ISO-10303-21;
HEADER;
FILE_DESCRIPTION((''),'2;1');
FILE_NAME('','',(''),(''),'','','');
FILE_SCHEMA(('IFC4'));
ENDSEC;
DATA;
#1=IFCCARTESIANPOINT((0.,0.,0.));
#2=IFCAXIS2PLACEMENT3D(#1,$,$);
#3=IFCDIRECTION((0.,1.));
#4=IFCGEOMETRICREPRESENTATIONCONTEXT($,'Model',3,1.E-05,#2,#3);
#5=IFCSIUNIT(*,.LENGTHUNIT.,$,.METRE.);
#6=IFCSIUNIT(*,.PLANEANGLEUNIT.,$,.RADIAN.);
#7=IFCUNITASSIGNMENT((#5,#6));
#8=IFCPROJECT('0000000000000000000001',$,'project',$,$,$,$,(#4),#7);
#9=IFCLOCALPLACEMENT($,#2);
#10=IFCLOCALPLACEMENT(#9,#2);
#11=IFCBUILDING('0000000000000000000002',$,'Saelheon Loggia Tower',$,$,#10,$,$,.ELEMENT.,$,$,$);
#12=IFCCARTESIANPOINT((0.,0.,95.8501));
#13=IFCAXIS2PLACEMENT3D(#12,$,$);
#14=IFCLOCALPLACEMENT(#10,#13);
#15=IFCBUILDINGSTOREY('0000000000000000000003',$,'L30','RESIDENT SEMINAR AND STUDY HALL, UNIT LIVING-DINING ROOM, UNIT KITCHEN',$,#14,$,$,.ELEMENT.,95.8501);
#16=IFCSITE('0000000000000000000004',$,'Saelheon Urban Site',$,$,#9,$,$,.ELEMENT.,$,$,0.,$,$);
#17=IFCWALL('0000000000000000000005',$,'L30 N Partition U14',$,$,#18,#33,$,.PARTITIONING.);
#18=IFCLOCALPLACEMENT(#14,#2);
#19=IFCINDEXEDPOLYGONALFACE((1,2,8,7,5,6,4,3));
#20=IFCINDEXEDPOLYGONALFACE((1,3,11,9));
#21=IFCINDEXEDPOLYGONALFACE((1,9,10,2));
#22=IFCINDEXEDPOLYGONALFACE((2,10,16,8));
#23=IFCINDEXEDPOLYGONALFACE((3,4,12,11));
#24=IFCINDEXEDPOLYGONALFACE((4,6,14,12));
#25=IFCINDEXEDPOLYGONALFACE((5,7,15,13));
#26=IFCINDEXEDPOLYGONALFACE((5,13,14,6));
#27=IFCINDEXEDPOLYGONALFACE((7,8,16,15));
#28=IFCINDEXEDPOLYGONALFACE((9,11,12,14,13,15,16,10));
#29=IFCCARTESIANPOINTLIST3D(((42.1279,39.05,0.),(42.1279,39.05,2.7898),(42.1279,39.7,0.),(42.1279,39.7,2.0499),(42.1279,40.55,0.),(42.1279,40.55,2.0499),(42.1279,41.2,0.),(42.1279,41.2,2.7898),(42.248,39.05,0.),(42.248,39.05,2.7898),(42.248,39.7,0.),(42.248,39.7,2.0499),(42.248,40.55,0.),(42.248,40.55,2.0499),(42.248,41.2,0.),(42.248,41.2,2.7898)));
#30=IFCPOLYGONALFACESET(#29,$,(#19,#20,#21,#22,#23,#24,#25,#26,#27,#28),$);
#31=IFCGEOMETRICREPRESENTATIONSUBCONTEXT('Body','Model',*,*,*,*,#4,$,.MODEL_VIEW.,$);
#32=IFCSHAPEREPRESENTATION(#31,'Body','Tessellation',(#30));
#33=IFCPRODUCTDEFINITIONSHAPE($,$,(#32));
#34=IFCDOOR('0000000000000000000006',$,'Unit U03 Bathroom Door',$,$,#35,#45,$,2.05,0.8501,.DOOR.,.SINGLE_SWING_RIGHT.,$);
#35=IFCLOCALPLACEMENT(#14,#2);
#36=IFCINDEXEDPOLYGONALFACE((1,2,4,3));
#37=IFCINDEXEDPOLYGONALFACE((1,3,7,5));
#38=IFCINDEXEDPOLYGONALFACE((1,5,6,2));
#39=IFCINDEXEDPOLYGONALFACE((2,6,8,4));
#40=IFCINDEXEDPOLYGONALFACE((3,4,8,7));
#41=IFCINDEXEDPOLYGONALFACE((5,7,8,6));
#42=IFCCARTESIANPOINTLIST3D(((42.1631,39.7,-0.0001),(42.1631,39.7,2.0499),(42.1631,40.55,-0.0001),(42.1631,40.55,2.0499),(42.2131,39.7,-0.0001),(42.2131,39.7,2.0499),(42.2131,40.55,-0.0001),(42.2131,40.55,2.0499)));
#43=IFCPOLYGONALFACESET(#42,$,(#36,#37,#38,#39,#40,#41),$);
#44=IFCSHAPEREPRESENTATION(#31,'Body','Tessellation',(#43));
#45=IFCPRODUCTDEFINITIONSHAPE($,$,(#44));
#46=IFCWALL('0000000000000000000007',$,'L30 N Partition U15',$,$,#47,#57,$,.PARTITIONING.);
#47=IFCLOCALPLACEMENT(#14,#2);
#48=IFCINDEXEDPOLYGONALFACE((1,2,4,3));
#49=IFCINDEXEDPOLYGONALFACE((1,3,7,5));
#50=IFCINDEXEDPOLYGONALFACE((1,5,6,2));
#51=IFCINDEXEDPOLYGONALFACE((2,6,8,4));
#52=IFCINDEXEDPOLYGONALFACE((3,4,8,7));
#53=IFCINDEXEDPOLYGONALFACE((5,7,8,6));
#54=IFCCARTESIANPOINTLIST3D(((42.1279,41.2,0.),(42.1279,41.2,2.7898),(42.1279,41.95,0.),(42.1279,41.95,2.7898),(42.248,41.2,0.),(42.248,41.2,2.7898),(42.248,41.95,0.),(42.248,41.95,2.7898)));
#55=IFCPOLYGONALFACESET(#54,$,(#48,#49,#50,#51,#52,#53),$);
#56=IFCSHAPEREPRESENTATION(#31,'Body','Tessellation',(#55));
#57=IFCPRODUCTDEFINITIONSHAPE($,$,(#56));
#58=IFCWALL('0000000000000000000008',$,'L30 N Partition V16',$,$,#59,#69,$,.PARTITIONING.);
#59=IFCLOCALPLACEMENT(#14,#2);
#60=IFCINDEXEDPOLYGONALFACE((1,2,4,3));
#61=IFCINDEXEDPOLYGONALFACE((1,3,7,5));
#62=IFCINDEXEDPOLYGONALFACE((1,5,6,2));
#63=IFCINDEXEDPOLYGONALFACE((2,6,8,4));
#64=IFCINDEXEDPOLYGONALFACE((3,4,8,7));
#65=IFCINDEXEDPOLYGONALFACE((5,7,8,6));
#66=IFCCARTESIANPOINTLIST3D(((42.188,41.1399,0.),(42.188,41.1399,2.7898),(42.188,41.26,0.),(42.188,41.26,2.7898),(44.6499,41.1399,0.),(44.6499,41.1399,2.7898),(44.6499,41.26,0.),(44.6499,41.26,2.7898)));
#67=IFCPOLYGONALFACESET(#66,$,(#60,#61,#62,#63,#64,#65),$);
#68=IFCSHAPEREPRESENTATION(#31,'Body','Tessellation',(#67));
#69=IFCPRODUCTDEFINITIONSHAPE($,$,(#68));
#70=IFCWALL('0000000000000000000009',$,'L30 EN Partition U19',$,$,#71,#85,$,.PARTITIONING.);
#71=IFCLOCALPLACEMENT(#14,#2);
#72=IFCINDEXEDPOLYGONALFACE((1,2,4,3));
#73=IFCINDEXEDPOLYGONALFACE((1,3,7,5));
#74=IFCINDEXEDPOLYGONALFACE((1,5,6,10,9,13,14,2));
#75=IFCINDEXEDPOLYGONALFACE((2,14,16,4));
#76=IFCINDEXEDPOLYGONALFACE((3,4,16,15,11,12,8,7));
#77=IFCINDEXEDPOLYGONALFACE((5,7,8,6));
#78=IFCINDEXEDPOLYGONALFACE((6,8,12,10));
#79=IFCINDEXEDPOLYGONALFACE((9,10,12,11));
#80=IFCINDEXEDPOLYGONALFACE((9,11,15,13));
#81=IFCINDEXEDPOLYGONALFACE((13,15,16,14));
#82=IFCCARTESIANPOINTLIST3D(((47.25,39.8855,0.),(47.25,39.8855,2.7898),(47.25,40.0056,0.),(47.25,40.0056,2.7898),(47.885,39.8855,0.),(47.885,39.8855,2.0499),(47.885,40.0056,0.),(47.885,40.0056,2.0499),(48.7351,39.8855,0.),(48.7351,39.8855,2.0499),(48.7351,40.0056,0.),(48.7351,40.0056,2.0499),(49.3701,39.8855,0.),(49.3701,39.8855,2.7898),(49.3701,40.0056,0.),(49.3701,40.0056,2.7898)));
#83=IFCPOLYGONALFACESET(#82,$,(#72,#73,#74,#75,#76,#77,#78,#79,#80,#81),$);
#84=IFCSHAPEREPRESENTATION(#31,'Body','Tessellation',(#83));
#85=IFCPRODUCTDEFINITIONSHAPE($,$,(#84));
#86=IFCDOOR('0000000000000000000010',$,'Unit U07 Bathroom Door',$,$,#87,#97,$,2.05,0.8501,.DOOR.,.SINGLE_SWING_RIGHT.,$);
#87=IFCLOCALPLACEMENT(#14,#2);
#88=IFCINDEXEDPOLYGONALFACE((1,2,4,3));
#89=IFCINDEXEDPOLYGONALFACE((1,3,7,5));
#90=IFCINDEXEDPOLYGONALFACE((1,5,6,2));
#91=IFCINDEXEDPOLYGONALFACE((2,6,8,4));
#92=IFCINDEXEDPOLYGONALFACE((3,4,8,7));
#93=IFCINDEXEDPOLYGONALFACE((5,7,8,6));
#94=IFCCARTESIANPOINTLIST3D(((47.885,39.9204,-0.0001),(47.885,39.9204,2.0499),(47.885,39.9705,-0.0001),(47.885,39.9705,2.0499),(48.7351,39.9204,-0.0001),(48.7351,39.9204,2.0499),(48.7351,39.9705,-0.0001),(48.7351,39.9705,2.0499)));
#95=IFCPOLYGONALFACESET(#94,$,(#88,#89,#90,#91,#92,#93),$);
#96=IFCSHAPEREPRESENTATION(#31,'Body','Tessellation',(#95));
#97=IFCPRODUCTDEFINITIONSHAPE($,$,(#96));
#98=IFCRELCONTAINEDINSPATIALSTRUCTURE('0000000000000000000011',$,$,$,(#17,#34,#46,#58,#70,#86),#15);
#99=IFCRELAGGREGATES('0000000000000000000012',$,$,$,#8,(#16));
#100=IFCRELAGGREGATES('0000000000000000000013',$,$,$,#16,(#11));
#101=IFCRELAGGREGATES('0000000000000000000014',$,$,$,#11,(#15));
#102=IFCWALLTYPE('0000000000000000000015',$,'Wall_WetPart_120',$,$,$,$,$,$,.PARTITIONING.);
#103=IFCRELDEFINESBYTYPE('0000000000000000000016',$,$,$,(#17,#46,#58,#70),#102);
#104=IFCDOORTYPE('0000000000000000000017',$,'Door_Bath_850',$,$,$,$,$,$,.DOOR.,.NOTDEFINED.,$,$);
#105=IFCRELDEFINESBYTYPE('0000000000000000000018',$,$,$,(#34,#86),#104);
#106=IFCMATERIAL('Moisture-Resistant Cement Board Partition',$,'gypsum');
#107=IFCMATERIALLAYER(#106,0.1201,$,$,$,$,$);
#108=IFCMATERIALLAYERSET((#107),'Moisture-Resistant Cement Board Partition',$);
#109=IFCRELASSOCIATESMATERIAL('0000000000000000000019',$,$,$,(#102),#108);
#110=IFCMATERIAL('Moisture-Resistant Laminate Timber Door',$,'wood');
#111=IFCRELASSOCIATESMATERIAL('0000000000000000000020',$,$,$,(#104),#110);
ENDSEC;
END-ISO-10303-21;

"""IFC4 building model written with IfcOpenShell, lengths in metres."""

from ifc_helpers import new_model, si_unit, direction, frame, frame_2d, origin, place, context, subcontext, project, spatial, rectangle, extrude, source, transform, mapped, material, layer, layer_set, type_object, element, fill, save


model = new_model("IFC4")

# Units and contexts
model_context = context("Model", 3, precision=1e-05, world=origin(), true_north=direction((0.0, 1.0)))
body_context = subcontext(model_context, "Body", "Model", "MODEL_VIEW")
ifc_project = project(units=[si_unit("LENGTHUNIT", "METRE"), si_unit("PLANEANGLEUNIT", "RADIAN")], contexts=[model_context])

# Site, building, storey
site_placement = place(None, origin())
site = spatial("IfcSite", under=ifc_project, at=site_placement, Name="Saelheon Urban Site", CompositionType="ELEMENT", RefElevation=0.0)
building_placement = place(site_placement, origin())
building = spatial("IfcBuilding", under=site, at=building_placement, Name="Saelheon Loggia Tower", CompositionType="ELEMENT")
storey_placement = place(building_placement, frame((0.0, 0.0, 95.8501)))
storey = spatial("IfcBuildingStorey", under=building, at=storey_placement, Name="L30", Description="RESIDENT SEMINAR AND STUDY HALL, UNIT LIVING-DINING ROOM, UNIT KITCHEN", CompositionType="ELEMENT", Elevation=95.8501)

# Wall, opening, door
ifc_material_1 = material(Name="Moisture-Resistant Cement Board Partition", Category="gypsum")
ifc_layer_1 = layer(ifc_material_1, 0.1201)
ifc_layer_set_1 = layer_set([ifc_layer_1], Name="Moisture-Resistant Cement Board Partition")
wall_type_1 = type_object("IfcWallType", Name="Wall_WetPart_120", PredefinedType="PARTITIONING", material=ifc_layer_set_1)
wall_1_placement = place(storey_placement, frame((42.188, 39.05, 0.0), z_axis=(0.0, 0.0, 1.0), x_axis=(0.0, 1.0, 0.0)))
wall_1 = element("IfcWall", 1, at=wall_1_placement, inside=storey, type_object=wall_type_1, Name="L30 N Partition U14", PredefinedType="PARTITIONING", context=body_context, shape_type="SweptSolid", body=[
    extrude(rectangle(XDim=2.1499, YDim=0.1201, at=frame_2d((1.075, 0.0))), origin(), (0.0, 0.0, 1.0), 2.7898),
])
opening_1_placement = place(wall_1_placement, frame((0.6499, 0.0, 0.0)))
opening_1 = element("IfcOpeningElement", 2, at=opening_1_placement, cuts=wall_1, PredefinedType="OPENING", context=body_context, shape_type="SweptSolid", body=[
    extrude(rectangle(XDim=0.8501, YDim=2.05, at=frame_2d((0.425, 1.0249))), frame((0.0, 0.072, 0.0), z_axis=(0.0, -1.0, 0.0), x_axis=(1.0, 0.0, 0.0)), (0.0, 0.0, 1.0), 0.144),
])
ifc_material_2 = material(Name="Moisture-Resistant Laminate Timber Door", Category="wood")
door_type_1 = type_object("IfcDoorType", Name="Door_Bath_850", OperationType="NOTDEFINED", PredefinedType="DOOR", material=ifc_material_2)
shared_shape_1 = source(origin(), body_context, "Body", "SweptSolid", [
    extrude(rectangle(XDim=0.8501, YDim=2.05, at=frame_2d((0.425, 1.0249))), frame((0.0, 0.0249, 0.0), z_axis=(0.0, -1.0, 0.0), x_axis=(1.0, 0.0, 0.0)), (0.0, 0.0, 1.0), 0.05),
])
door_1_placement = place(opening_1_placement, origin())
door_1 = element("IfcDoor", 3, at=door_1_placement, inside=storey, type_object=door_type_1, Name="Unit U03 Bathroom Door", OperationType="SINGLE_SWING_RIGHT", OverallHeight=2.05, OverallWidth=0.8501, PredefinedType="DOOR", context=body_context, shape_type="MappedRepresentation", body=[
    mapped(shared_shape_1, transform((0.0, 0.0, 0.0), scale=1.0)),
])
fill(opening_1, door_1)

# Walls
wall_2_placement = place(storey_placement, frame((42.188, 41.2, 0.0), z_axis=(0.0, 0.0, 1.0), x_axis=(0.0, 1.0, 0.0)))
element("IfcWall", 4, at=wall_2_placement, inside=storey, type_object=wall_type_1, Name="L30 N Partition U15", PredefinedType="PARTITIONING", context=body_context, shape_type="SweptSolid", body=[
    extrude(rectangle(XDim=0.75, YDim=0.1201, at=frame_2d((0.375, 0.0))), origin(), (0.0, 0.0, 1.0), 2.7898),
])
wall_3_placement = place(storey_placement, frame((42.188, 41.2, 0.0), z_axis=(0.0, 0.0, 1.0), x_axis=(1.0, 0.0, 0.0)))
element("IfcWall", 5, at=wall_3_placement, inside=storey, type_object=wall_type_1, Name="L30 N Partition V16", PredefinedType="PARTITIONING", context=body_context, shape_type="SweptSolid", body=[
    extrude(rectangle(XDim=2.4619, YDim=0.1201, at=frame_2d((1.231, 0.0))), origin(), (0.0, 0.0, 1.0), 2.7898),
])

# Wall, opening, door
wall_4_placement = place(storey_placement, frame((47.25, 39.9456, 0.0), z_axis=(0.0, 0.0, 1.0), x_axis=(1.0, 0.0, 0.0)))
wall_4 = element("IfcWall", 6, at=wall_4_placement, inside=storey, type_object=wall_type_1, Name="L30 EN Partition U19", PredefinedType="PARTITIONING", context=body_context, shape_type="SweptSolid", body=[
    extrude(rectangle(XDim=2.1201, YDim=0.1201, at=frame_2d((1.0601, 0.0))), origin(), (0.0, 0.0, 1.0), 2.7898),
])
opening_2_placement = place(wall_4_placement, frame((0.635, 0.0, 0.0)))
opening_2 = element("IfcOpeningElement", 7, at=opening_2_placement, cuts=wall_4, PredefinedType="OPENING", context=body_context, shape_type="SweptSolid", body=[
    extrude(rectangle(XDim=0.8501, YDim=2.05, at=frame_2d((0.425, 1.0249))), frame((0.0, 0.072, 0.0), z_axis=(0.0, -1.0, 0.0), x_axis=(1.0, 0.0, 0.0)), (0.0, 0.0, 1.0), 0.144),
])
door_2_placement = place(opening_2_placement, origin())
door_2 = element("IfcDoor", 8, at=door_2_placement, inside=storey, type_object=door_type_1, Name="Unit U07 Bathroom Door", OperationType="SINGLE_SWING_RIGHT", OverallHeight=2.05, OverallWidth=0.8501, PredefinedType="DOOR", context=body_context, shape_type="MappedRepresentation", body=[
    mapped(shared_shape_1, transform((0.0, 0.0, 0.0), scale=1.0)),
])
fill(opening_2, door_2)

save(model, "model.ifc")
